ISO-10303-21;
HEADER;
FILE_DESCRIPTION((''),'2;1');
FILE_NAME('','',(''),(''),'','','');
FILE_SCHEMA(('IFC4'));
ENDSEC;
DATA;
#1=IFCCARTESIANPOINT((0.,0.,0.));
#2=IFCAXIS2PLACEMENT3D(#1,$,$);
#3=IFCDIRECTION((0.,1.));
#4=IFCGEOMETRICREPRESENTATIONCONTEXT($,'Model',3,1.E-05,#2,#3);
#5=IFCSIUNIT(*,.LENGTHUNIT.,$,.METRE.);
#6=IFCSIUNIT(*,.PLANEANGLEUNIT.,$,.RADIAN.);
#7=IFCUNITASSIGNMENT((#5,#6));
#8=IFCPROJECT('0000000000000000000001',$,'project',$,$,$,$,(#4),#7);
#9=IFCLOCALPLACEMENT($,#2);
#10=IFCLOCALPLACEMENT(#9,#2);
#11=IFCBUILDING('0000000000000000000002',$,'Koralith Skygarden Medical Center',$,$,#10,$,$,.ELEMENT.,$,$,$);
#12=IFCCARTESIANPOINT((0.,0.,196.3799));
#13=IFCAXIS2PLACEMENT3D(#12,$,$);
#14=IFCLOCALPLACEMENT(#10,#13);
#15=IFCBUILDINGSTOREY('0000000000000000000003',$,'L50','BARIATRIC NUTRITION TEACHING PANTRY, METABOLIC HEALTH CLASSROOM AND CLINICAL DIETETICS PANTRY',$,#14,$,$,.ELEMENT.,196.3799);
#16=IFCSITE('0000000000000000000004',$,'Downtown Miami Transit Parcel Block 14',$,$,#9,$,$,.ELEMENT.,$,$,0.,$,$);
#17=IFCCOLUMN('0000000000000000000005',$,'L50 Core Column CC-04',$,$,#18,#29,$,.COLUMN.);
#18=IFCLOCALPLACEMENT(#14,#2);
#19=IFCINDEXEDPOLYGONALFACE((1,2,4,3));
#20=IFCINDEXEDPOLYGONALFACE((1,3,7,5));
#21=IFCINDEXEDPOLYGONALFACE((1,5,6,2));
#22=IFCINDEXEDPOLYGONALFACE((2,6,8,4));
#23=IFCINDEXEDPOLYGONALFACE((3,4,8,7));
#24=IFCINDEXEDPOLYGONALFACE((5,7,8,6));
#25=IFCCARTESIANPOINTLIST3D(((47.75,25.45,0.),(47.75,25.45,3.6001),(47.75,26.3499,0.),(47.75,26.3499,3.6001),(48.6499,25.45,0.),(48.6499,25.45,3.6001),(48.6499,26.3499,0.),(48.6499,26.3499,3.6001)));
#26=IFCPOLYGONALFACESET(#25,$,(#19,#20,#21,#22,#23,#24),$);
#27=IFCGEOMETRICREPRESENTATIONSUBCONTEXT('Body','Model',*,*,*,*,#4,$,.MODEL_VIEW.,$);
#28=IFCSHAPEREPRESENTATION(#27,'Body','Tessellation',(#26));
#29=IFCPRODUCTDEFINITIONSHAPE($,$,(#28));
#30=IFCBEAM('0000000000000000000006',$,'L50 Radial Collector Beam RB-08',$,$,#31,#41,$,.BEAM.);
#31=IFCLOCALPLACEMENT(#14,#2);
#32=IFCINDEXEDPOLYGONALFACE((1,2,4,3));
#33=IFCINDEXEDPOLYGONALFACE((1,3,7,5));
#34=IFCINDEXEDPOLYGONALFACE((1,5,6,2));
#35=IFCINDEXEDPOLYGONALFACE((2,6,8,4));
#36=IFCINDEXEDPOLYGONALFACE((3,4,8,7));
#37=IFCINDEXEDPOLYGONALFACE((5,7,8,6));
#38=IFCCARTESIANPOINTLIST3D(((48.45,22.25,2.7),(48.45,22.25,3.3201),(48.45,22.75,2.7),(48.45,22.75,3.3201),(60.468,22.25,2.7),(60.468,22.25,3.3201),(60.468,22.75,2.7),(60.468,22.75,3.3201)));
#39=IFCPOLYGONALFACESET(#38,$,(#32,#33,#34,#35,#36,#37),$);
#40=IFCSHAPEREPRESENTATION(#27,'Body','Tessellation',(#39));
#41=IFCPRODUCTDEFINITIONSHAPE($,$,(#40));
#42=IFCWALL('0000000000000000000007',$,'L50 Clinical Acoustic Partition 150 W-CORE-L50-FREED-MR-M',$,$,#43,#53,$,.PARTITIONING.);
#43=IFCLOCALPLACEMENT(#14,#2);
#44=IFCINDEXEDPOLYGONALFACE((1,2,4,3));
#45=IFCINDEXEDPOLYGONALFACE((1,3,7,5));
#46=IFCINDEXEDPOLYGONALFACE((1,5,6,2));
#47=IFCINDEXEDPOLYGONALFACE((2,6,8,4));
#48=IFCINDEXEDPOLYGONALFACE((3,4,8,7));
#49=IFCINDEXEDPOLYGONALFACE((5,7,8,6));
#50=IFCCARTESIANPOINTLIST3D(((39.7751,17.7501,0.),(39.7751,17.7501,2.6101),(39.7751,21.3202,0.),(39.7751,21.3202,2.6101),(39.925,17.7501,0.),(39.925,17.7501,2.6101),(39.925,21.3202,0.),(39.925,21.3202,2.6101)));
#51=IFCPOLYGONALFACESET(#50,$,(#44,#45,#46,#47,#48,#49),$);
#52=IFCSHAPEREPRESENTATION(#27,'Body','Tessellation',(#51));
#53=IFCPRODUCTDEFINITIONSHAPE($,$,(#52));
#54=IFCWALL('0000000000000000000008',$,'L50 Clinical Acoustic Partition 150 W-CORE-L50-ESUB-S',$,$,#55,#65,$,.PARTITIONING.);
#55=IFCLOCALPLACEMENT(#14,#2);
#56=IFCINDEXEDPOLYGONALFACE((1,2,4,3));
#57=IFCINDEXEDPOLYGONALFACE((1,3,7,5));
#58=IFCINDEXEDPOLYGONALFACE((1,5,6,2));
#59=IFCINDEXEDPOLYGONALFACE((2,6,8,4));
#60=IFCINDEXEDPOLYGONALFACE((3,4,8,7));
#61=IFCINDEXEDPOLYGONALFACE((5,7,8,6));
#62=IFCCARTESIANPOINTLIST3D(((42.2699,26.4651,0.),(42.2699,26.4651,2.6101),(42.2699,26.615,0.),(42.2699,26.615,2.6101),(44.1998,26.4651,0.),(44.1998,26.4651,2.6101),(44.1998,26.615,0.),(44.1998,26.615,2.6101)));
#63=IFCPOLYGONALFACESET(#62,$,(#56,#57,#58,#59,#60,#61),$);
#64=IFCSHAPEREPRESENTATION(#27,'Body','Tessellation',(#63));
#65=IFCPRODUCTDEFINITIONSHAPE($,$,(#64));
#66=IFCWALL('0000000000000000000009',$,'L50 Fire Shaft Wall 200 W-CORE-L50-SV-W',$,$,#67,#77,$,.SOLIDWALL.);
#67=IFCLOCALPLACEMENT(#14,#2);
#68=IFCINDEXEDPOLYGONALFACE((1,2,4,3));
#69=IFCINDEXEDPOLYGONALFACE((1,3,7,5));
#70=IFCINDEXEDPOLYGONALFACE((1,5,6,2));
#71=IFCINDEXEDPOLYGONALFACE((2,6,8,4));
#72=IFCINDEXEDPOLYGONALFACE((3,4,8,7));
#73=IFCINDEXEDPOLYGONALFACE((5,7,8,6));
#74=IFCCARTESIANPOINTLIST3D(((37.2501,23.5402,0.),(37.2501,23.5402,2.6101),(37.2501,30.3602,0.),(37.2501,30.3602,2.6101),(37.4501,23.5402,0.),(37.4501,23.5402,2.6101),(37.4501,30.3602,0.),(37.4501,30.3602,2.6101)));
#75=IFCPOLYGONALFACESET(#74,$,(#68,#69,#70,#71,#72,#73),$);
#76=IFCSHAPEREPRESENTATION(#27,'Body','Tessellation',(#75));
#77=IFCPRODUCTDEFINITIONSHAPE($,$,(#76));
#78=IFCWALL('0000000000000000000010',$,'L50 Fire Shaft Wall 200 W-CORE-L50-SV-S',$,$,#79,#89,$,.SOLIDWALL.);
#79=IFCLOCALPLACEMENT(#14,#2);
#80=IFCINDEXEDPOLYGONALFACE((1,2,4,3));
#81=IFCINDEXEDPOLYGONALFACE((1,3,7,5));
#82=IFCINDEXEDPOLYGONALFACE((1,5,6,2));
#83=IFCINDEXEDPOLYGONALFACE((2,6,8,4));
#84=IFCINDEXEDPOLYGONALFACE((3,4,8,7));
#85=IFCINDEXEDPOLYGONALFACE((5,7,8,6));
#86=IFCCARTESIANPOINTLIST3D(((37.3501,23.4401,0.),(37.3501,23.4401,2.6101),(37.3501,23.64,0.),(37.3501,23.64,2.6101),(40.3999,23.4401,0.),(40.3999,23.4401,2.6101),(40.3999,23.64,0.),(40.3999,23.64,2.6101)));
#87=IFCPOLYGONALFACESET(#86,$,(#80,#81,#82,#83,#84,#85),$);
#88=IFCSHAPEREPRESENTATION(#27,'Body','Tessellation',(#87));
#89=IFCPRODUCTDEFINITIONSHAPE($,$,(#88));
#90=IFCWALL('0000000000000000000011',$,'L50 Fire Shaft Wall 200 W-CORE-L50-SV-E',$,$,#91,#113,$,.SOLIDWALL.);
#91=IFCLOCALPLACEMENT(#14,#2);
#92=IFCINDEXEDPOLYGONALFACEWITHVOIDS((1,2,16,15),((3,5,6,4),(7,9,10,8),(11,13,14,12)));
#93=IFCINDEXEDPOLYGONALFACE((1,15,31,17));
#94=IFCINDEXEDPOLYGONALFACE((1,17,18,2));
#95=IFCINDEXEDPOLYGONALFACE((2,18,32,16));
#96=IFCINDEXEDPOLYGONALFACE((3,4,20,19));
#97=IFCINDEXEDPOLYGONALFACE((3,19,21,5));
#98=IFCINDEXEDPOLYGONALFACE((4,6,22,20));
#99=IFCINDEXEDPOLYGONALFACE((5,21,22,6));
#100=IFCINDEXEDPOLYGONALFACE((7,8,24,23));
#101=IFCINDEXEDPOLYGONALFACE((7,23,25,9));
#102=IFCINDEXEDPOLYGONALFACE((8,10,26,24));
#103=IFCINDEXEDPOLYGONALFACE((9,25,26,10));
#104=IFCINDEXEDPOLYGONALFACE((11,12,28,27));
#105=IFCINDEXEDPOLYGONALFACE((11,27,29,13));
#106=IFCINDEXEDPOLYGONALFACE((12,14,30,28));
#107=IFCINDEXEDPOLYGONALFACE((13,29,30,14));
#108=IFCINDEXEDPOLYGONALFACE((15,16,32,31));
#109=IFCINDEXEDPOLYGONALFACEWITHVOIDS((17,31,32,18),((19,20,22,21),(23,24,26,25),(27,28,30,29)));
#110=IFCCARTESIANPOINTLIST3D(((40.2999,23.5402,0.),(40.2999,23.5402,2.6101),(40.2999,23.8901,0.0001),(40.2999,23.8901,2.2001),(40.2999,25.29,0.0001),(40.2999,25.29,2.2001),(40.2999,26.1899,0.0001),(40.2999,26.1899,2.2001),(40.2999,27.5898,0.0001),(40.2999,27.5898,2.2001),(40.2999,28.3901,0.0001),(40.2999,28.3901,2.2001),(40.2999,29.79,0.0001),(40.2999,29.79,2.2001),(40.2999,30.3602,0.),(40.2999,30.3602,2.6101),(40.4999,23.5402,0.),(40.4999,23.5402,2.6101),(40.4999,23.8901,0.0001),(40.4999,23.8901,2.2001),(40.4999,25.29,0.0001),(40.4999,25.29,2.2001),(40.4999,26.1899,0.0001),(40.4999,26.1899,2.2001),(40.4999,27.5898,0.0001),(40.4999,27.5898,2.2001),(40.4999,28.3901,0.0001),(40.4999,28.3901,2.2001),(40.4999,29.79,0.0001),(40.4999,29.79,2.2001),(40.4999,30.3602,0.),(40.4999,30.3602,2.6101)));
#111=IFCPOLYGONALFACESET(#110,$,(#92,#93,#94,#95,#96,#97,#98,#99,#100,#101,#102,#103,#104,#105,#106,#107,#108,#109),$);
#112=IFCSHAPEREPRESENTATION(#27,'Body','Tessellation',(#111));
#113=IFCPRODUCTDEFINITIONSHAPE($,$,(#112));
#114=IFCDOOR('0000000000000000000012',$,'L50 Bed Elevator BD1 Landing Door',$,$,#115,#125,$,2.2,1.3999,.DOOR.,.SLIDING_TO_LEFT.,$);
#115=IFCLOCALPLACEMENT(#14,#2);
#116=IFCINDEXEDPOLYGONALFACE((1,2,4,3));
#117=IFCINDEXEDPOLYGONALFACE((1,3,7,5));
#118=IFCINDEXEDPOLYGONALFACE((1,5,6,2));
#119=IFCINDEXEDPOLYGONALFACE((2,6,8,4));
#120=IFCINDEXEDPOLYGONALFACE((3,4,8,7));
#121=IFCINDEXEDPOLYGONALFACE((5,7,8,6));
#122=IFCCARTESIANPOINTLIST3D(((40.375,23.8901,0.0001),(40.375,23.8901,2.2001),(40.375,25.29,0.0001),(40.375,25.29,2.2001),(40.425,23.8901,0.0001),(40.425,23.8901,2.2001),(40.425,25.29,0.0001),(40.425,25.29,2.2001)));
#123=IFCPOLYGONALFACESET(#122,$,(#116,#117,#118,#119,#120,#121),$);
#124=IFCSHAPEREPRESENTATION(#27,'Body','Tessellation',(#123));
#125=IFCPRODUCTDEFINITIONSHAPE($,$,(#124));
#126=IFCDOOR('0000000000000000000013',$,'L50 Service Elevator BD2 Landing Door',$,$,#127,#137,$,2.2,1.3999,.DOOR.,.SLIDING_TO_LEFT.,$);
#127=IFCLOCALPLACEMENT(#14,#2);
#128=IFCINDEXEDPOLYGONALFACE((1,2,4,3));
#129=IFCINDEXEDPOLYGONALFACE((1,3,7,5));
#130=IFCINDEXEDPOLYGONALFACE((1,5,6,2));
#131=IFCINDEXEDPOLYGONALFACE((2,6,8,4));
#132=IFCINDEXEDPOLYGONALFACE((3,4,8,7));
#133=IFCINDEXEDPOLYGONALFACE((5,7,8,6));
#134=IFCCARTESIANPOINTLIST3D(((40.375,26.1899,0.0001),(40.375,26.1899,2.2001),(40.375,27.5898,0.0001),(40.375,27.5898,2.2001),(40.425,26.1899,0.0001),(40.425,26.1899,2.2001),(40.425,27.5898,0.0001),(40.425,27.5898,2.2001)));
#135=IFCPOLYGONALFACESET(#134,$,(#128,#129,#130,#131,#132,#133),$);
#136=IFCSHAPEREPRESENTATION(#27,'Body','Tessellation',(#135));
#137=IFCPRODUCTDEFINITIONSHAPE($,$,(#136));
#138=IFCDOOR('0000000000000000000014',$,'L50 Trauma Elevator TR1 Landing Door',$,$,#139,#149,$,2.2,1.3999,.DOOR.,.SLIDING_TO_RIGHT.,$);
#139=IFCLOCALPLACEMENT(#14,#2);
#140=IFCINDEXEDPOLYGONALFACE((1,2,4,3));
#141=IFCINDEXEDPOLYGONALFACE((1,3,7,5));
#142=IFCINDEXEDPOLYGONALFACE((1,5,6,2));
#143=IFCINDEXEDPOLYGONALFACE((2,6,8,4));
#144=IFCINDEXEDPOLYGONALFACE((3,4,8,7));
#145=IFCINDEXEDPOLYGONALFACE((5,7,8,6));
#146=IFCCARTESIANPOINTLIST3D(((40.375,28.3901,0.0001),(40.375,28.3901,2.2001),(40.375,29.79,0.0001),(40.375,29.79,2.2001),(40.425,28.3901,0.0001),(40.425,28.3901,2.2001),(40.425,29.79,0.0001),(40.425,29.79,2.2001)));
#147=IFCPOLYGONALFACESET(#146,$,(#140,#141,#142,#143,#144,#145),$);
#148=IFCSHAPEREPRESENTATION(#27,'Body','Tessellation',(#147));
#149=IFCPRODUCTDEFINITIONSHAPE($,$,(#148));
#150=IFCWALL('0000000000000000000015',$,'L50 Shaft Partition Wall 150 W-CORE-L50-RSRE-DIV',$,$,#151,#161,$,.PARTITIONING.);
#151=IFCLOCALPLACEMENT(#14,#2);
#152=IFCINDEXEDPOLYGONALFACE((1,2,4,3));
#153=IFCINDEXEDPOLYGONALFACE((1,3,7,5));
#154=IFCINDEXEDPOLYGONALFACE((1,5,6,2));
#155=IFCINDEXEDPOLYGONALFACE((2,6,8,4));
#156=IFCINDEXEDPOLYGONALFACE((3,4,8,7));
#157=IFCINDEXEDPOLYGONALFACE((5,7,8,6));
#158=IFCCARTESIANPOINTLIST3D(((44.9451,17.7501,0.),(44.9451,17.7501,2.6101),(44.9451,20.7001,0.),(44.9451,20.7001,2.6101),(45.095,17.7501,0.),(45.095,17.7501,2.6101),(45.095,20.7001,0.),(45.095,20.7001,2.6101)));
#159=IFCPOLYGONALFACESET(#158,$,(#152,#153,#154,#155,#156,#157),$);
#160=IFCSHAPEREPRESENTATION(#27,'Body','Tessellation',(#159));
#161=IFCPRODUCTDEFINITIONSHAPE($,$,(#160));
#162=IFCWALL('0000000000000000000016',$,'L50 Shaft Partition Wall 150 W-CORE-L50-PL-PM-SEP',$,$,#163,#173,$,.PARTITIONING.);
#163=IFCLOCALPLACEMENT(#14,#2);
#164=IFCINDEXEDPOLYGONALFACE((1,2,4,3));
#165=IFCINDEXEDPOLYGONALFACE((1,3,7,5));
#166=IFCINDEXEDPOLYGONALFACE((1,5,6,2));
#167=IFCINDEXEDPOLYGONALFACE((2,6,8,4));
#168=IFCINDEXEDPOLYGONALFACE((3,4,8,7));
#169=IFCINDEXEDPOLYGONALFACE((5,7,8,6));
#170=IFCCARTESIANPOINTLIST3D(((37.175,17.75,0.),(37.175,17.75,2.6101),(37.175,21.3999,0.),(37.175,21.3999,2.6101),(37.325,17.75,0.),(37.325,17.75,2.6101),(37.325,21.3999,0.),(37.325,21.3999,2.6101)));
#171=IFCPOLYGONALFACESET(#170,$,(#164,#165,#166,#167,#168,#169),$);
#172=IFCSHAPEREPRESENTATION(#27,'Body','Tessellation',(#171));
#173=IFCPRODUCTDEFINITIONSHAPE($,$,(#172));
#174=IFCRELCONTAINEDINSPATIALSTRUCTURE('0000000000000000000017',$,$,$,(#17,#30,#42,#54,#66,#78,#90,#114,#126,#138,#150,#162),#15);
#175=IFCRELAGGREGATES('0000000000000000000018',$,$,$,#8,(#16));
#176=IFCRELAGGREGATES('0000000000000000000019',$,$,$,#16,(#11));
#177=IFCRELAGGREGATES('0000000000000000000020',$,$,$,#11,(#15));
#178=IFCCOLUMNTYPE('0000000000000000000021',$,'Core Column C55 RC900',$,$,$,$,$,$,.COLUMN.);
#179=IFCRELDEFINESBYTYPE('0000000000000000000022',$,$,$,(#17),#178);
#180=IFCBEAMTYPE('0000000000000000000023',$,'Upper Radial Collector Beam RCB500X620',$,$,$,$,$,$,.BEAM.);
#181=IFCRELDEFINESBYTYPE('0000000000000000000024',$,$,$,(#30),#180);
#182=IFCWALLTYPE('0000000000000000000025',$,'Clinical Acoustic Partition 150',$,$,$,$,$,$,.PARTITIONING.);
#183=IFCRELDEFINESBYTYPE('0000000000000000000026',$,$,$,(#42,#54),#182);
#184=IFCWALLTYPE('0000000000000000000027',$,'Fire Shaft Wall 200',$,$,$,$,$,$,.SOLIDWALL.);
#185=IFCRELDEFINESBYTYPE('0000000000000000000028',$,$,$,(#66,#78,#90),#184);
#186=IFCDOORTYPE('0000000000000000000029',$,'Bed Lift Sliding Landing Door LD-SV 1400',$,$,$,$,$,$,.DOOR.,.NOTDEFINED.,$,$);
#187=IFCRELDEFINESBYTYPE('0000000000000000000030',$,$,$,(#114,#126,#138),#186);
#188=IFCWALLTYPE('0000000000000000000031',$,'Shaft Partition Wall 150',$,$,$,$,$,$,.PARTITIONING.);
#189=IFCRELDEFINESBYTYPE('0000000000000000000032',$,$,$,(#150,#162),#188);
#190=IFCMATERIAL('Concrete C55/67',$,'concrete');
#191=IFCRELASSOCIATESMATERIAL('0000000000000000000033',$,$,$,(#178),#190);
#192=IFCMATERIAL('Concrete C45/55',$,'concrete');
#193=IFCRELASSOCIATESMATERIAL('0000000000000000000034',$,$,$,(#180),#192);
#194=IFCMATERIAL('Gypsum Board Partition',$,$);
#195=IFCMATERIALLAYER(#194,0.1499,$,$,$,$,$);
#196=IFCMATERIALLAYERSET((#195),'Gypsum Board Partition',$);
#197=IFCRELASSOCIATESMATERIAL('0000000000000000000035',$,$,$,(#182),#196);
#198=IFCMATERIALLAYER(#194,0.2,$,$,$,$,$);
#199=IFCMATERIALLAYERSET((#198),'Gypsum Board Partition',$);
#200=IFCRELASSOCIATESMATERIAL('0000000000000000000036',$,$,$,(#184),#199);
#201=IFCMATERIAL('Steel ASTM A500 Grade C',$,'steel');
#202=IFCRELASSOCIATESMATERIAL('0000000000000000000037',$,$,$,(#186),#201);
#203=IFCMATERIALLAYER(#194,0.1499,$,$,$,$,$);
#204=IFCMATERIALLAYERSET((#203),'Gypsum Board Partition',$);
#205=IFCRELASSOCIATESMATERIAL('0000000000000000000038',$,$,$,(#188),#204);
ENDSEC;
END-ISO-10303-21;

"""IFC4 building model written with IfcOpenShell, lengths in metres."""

from ifc_helpers import new_model, si_unit, direction, frame, frame_2d, origin, origin_2d, place, context, subcontext, project, spatial, rectangle, extrude, material, layer, layer_set, material_profile, profile_set, type_object, element, fill, save


model = new_model("IFC4")

# Units and contexts
model_context = context("Model", 3, precision=1e-05, world=origin(), true_north=direction((0.0, 1.0)))
body_context = subcontext(model_context, "Body", "Model", "MODEL_VIEW")
ifc_project = project(units=[si_unit("LENGTHUNIT", "METRE"), si_unit("PLANEANGLEUNIT", "RADIAN")], contexts=[model_context])

# Site, building, storey
site_placement = place(None, origin())
site = spatial("IfcSite", under=ifc_project, at=site_placement, Name="Downtown Miami Transit Parcel Block 14", CompositionType="ELEMENT", RefElevation=0.0)
building_placement = place(site_placement, origin())
building = spatial("IfcBuilding", under=site, at=building_placement, Name="Koralith Skygarden Medical Center", CompositionType="ELEMENT")
storey_placement = place(building_placement, frame((0.0, 0.0, 196.3799)))
storey = spatial("IfcBuildingStorey", under=building, at=storey_placement, Name="L50", Description="BARIATRIC NUTRITION TEACHING PANTRY, METABOLIC HEALTH CLASSROOM AND CLINICAL DIETETICS PANTRY", CompositionType="ELEMENT", Elevation=196.3799)

# Column
ifc_material_1 = material(Name="Concrete C55/67", Category="concrete")
ifc_material_profile_1 = material_profile(ifc_material_1, rectangle(XDim=0.8999, YDim=0.8999, at=origin_2d()), Name="RC900X900")
ifc_profile_set_1 = profile_set([ifc_material_profile_1], Name="Concrete C55/67")
column_type = type_object("IfcColumnType", Name="Core Column C55 RC900", PredefinedType="COLUMN", material=ifc_profile_set_1)
column_placement = place(storey_placement, frame((48.2, 25.8999, 0.0), z_axis=(0.0, 0.0, 1.0), x_axis=(1.0, 0.0, 0.0)))
element("IfcColumn", 1, at=column_placement, inside=storey, type_object=column_type, Name="L50 Core Column CC-04", PredefinedType="COLUMN", context=body_context, shape_type="SweptSolid", body=[
    extrude(rectangle(XDim=0.8999, YDim=0.8999, at=origin_2d()), origin(), (0.0, 0.0, 1.0), 3.6001),
])

# Beam
ifc_material_2 = material(Name="Concrete C45/55", Category="concrete")
ifc_material_profile_2 = material_profile(ifc_material_2, rectangle(XDim=0.5, YDim=0.6201, at=origin_2d()), Name="RCB500X620")
ifc_profile_set_2 = profile_set([ifc_material_profile_2], Name="Concrete C45/55")
beam_type = type_object("IfcBeamType", Name="Upper Radial Collector Beam RCB500X620", PredefinedType="BEAM", material=ifc_profile_set_2)
beam_placement = place(storey_placement, frame((48.45, 22.5, 3.01), z_axis=(1.0, 0.0, 0.0), x_axis=(0.0, 1.0, 0.0)))
element("IfcBeam", 2, at=beam_placement, inside=storey, type_object=beam_type, Name="L50 Radial Collector Beam RB-08", PredefinedType="BEAM", context=body_context, shape_type="SweptSolid", body=[
    extrude(rectangle(XDim=0.5, YDim=0.6201, at=origin_2d()), origin(), (0.0, 0.0, 1.0), 12.0181),
])

# Shared definitions
ifc_material_3 = material(Name="Gypsum Board Partition")
ifc_layer_1 = layer(ifc_material_3, 0.1499)
ifc_layer_set_1 = layer_set([ifc_layer_1], Name="Gypsum Board Partition")
wall_type_1 = type_object("IfcWallType", Name="Clinical Acoustic Partition 150", PredefinedType="PARTITIONING", material=ifc_layer_set_1)

# Wall
wall_1_placement = place(storey_placement, frame((39.8501, 17.75, 0.0), z_axis=(0.0, 0.0, 1.0), x_axis=(0.0, 1.0, 0.0)))
element("IfcWall", 3, at=wall_1_placement, inside=storey, type_object=wall_type_1, Name="L50 Clinical Acoustic Partition 150 W-CORE-L50-FREED-MR-M", PredefinedType="PARTITIONING", context=body_context, shape_type="SweptSolid", body=[
    extrude(rectangle(XDim=3.5701, YDim=0.1499, at=frame_2d((1.7852, 0.0))), origin(), (0.0, 0.0, 1.0), 2.6101),
])

# Wall
wall_2_placement = place(storey_placement, frame((42.27, 26.54, 0.0), z_axis=(0.0, 0.0, 1.0), x_axis=(1.0, 0.0, 0.0)))
element("IfcWall", 4, at=wall_2_placement, inside=storey, type_object=wall_type_1, Name="L50 Clinical Acoustic Partition 150 W-CORE-L50-ESUB-S", PredefinedType="PARTITIONING", context=body_context, shape_type="SweptSolid", body=[
    extrude(rectangle(XDim=1.9299, YDim=0.1499, at=frame_2d((0.9648, 0.0))), origin(), (0.0, 0.0, 1.0), 2.6101),
])

# Shared definitions
ifc_layer_2 = layer(ifc_material_3, 0.2)
ifc_layer_set_2 = layer_set([ifc_layer_2], Name="Gypsum Board Partition")
wall_type_2 = type_object("IfcWallType", Name="Fire Shaft Wall 200", PredefinedType="SOLIDWALL", material=ifc_layer_set_2)
ifc_material_4 = material(Name="Steel ASTM A500 Grade C", Category="steel")

# Walls
wall_3_placement = place(storey_placement, frame((37.3501, 23.54, 0.0), z_axis=(0.0, 0.0, 1.0), x_axis=(0.0, 1.0, 0.0)))
element("IfcWall", 5, at=wall_3_placement, inside=storey, type_object=wall_type_2, Name="L50 Fire Shaft Wall 200 W-CORE-L50-SV-W", PredefinedType="SOLIDWALL", context=body_context, shape_type="SweptSolid", body=[
    extrude(rectangle(XDim=6.8201, YDim=0.2, at=frame_2d((3.4102, 0.0))), origin(), (0.0, 0.0, 1.0), 2.6101),
])
wall_4_placement = place(storey_placement, frame((37.3501, 23.54, 0.0), z_axis=(0.0, 0.0, 1.0), x_axis=(1.0, 0.0, 0.0)))
element("IfcWall", 6, at=wall_4_placement, inside=storey, type_object=wall_type_2, Name="L50 Fire Shaft Wall 200 W-CORE-L50-SV-S", PredefinedType="SOLIDWALL", context=body_context, shape_type="SweptSolid", body=[
    extrude(rectangle(XDim=3.0498, YDim=0.2, at=frame_2d((1.5249, 0.0))), origin(), (0.0, 0.0, 1.0), 2.6101),
])

# Wall, openings, doors
wall_5_placement = place(storey_placement, frame((40.3999, 23.54, 0.0), z_axis=(0.0, 0.0, 1.0), x_axis=(0.0, 1.0, 0.0)))
wall_5 = element("IfcWall", 7, at=wall_5_placement, inside=storey, type_object=wall_type_2, Name="L50 Fire Shaft Wall 200 W-CORE-L50-SV-E", PredefinedType="SOLIDWALL", context=body_context, shape_type="SweptSolid", body=[
    extrude(rectangle(XDim=6.8201, YDim=0.2, at=frame_2d((3.4102, 0.0))), origin(), (0.0, 0.0, 1.0), 2.6101),
])
opening_1_placement = place(wall_5_placement, frame((0.3501, 0.0, 0.0)))
opening_1 = element("IfcOpeningElement", 8, at=opening_1_placement, cuts=wall_5, PredefinedType="OPENING", context=body_context, shape_type="SweptSolid", body=[
    extrude(rectangle(XDim=1.3999, YDim=2.2, at=frame_2d((0.7, 1.1001))), frame((0.0, 0.1099, 0.0), z_axis=(0.0, -1.0, 0.0), x_axis=(1.0, 0.0, 0.0)), (0.0, 0.0, 1.0), 0.22),
])
opening_2_placement = place(wall_5_placement, frame((2.6499, 0.0, 0.0)))
opening_2 = element("IfcOpeningElement", 9, at=opening_2_placement, cuts=wall_5, PredefinedType="OPENING", context=body_context, shape_type="SweptSolid", body=[
    extrude(rectangle(XDim=1.3999, YDim=2.2, at=frame_2d((0.7, 1.1001))), frame((0.0, 0.1099, 0.0), z_axis=(0.0, -1.0, 0.0), x_axis=(1.0, 0.0, 0.0)), (0.0, 0.0, 1.0), 0.22),
])
opening_3_placement = place(wall_5_placement, frame((4.8501, 0.0, 0.0)))
opening_3 = element("IfcOpeningElement", 10, at=opening_3_placement, cuts=wall_5, PredefinedType="OPENING", context=body_context, shape_type="SweptSolid", body=[
    extrude(rectangle(XDim=1.3999, YDim=2.2, at=frame_2d((0.7, 1.1001))), frame((0.0, 0.1099, 0.0), z_axis=(0.0, -1.0, 0.0), x_axis=(1.0, 0.0, 0.0)), (0.0, 0.0, 1.0), 0.22),
])
door_type_1 = type_object("IfcDoorType", Name="Bed Lift Sliding Landing Door LD-SV 1400", OperationType="NOTDEFINED", PredefinedType="DOOR", material=ifc_material_4)
door_1_placement = place(opening_1_placement, origin())
door_1 = element("IfcDoor", 11, at=door_1_placement, inside=storey, type_object=door_type_1, Name="L50 Bed Elevator BD1 Landing Door", OperationType="SLIDING_TO_LEFT", OverallHeight=2.2, OverallWidth=1.3999, PredefinedType="DOOR", context=body_context, shape_type="SweptSolid", body=[
    extrude(rectangle(XDim=1.3999, YDim=2.2, at=frame_2d((0.7, 1.1001))), frame((0.0, 0.0249, 0.0), z_axis=(0.0, -1.0, 0.0), x_axis=(1.0, 0.0, 0.0)), (0.0, 0.0, 1.0), 0.05),
])
fill(opening_1, door_1)
door_2_placement = place(opening_2_placement, origin())
door_2 = element("IfcDoor", 12, at=door_2_placement, inside=storey, type_object=door_type_1, Name="L50 Service Elevator BD2 Landing Door", OperationType="SLIDING_TO_LEFT", OverallHeight=2.2, OverallWidth=1.3999, PredefinedType="DOOR", context=body_context, shape_type="SweptSolid", body=[
    extrude(rectangle(XDim=1.3999, YDim=2.2, at=frame_2d((0.7, 1.1001))), frame((0.0, 0.0249, 0.0), z_axis=(0.0, -1.0, 0.0), x_axis=(1.0, 0.0, 0.0)), (0.0, 0.0, 1.0), 0.05),
])
fill(opening_2, door_2)
door_3_placement = place(opening_3_placement, origin())
door_3 = element("IfcDoor", 13, at=door_3_placement, inside=storey, type_object=door_type_1, Name="L50 Trauma Elevator TR1 Landing Door", OperationType="SLIDING_TO_RIGHT", OverallHeight=2.2, OverallWidth=1.3999, PredefinedType="DOOR", context=body_context, shape_type="SweptSolid", body=[
    extrude(rectangle(XDim=1.3999, YDim=2.2, at=frame_2d((0.7, 1.1001))), frame((0.0, 0.0249, 0.0), z_axis=(0.0, -1.0, 0.0), x_axis=(1.0, 0.0, 0.0)), (0.0, 0.0, 1.0), 0.05),
])
fill(opening_3, door_3)

# Walls
ifc_layer_3 = layer(ifc_material_3, 0.1499)
ifc_layer_set_3 = layer_set([ifc_layer_3], Name="Gypsum Board Partition")
wall_type_3 = type_object("IfcWallType", Name="Shaft Partition Wall 150", PredefinedType="PARTITIONING", material=ifc_layer_set_3)
wall_6_placement = place(storey_placement, frame((45.02, 17.75, 0.0), z_axis=(0.0, 0.0, 1.0), x_axis=(0.0, 1.0, 0.0)))
element("IfcWall", 14, at=wall_6_placement, inside=storey, type_object=wall_type_3, Name="L50 Shaft Partition Wall 150 W-CORE-L50-RSRE-DIV", PredefinedType="PARTITIONING", context=body_context, shape_type="SweptSolid", body=[
    extrude(rectangle(XDim=2.95, YDim=0.1499, at=frame_2d((1.4751, 0.0))), origin(), (0.0, 0.0, 1.0), 2.6101),
])
wall_7_placement = place(storey_placement, frame((37.25, 17.75, 0.0), z_axis=(0.0, 0.0, 1.0), x_axis=(0.0, 1.0, 0.0)))
element("IfcWall", 15, at=wall_7_placement, inside=storey, type_object=wall_type_3, Name="L50 Shaft Partition Wall 150 W-CORE-L50-PL-PM-SEP", PredefinedType="PARTITIONING", context=body_context, shape_type="SweptSolid", body=[
    extrude(rectangle(XDim=3.6499, YDim=0.1499, at=frame_2d((1.825, 0.0))), origin(), (0.0, 0.0, 1.0), 2.6101),
])

save(model, "model.ifc")
